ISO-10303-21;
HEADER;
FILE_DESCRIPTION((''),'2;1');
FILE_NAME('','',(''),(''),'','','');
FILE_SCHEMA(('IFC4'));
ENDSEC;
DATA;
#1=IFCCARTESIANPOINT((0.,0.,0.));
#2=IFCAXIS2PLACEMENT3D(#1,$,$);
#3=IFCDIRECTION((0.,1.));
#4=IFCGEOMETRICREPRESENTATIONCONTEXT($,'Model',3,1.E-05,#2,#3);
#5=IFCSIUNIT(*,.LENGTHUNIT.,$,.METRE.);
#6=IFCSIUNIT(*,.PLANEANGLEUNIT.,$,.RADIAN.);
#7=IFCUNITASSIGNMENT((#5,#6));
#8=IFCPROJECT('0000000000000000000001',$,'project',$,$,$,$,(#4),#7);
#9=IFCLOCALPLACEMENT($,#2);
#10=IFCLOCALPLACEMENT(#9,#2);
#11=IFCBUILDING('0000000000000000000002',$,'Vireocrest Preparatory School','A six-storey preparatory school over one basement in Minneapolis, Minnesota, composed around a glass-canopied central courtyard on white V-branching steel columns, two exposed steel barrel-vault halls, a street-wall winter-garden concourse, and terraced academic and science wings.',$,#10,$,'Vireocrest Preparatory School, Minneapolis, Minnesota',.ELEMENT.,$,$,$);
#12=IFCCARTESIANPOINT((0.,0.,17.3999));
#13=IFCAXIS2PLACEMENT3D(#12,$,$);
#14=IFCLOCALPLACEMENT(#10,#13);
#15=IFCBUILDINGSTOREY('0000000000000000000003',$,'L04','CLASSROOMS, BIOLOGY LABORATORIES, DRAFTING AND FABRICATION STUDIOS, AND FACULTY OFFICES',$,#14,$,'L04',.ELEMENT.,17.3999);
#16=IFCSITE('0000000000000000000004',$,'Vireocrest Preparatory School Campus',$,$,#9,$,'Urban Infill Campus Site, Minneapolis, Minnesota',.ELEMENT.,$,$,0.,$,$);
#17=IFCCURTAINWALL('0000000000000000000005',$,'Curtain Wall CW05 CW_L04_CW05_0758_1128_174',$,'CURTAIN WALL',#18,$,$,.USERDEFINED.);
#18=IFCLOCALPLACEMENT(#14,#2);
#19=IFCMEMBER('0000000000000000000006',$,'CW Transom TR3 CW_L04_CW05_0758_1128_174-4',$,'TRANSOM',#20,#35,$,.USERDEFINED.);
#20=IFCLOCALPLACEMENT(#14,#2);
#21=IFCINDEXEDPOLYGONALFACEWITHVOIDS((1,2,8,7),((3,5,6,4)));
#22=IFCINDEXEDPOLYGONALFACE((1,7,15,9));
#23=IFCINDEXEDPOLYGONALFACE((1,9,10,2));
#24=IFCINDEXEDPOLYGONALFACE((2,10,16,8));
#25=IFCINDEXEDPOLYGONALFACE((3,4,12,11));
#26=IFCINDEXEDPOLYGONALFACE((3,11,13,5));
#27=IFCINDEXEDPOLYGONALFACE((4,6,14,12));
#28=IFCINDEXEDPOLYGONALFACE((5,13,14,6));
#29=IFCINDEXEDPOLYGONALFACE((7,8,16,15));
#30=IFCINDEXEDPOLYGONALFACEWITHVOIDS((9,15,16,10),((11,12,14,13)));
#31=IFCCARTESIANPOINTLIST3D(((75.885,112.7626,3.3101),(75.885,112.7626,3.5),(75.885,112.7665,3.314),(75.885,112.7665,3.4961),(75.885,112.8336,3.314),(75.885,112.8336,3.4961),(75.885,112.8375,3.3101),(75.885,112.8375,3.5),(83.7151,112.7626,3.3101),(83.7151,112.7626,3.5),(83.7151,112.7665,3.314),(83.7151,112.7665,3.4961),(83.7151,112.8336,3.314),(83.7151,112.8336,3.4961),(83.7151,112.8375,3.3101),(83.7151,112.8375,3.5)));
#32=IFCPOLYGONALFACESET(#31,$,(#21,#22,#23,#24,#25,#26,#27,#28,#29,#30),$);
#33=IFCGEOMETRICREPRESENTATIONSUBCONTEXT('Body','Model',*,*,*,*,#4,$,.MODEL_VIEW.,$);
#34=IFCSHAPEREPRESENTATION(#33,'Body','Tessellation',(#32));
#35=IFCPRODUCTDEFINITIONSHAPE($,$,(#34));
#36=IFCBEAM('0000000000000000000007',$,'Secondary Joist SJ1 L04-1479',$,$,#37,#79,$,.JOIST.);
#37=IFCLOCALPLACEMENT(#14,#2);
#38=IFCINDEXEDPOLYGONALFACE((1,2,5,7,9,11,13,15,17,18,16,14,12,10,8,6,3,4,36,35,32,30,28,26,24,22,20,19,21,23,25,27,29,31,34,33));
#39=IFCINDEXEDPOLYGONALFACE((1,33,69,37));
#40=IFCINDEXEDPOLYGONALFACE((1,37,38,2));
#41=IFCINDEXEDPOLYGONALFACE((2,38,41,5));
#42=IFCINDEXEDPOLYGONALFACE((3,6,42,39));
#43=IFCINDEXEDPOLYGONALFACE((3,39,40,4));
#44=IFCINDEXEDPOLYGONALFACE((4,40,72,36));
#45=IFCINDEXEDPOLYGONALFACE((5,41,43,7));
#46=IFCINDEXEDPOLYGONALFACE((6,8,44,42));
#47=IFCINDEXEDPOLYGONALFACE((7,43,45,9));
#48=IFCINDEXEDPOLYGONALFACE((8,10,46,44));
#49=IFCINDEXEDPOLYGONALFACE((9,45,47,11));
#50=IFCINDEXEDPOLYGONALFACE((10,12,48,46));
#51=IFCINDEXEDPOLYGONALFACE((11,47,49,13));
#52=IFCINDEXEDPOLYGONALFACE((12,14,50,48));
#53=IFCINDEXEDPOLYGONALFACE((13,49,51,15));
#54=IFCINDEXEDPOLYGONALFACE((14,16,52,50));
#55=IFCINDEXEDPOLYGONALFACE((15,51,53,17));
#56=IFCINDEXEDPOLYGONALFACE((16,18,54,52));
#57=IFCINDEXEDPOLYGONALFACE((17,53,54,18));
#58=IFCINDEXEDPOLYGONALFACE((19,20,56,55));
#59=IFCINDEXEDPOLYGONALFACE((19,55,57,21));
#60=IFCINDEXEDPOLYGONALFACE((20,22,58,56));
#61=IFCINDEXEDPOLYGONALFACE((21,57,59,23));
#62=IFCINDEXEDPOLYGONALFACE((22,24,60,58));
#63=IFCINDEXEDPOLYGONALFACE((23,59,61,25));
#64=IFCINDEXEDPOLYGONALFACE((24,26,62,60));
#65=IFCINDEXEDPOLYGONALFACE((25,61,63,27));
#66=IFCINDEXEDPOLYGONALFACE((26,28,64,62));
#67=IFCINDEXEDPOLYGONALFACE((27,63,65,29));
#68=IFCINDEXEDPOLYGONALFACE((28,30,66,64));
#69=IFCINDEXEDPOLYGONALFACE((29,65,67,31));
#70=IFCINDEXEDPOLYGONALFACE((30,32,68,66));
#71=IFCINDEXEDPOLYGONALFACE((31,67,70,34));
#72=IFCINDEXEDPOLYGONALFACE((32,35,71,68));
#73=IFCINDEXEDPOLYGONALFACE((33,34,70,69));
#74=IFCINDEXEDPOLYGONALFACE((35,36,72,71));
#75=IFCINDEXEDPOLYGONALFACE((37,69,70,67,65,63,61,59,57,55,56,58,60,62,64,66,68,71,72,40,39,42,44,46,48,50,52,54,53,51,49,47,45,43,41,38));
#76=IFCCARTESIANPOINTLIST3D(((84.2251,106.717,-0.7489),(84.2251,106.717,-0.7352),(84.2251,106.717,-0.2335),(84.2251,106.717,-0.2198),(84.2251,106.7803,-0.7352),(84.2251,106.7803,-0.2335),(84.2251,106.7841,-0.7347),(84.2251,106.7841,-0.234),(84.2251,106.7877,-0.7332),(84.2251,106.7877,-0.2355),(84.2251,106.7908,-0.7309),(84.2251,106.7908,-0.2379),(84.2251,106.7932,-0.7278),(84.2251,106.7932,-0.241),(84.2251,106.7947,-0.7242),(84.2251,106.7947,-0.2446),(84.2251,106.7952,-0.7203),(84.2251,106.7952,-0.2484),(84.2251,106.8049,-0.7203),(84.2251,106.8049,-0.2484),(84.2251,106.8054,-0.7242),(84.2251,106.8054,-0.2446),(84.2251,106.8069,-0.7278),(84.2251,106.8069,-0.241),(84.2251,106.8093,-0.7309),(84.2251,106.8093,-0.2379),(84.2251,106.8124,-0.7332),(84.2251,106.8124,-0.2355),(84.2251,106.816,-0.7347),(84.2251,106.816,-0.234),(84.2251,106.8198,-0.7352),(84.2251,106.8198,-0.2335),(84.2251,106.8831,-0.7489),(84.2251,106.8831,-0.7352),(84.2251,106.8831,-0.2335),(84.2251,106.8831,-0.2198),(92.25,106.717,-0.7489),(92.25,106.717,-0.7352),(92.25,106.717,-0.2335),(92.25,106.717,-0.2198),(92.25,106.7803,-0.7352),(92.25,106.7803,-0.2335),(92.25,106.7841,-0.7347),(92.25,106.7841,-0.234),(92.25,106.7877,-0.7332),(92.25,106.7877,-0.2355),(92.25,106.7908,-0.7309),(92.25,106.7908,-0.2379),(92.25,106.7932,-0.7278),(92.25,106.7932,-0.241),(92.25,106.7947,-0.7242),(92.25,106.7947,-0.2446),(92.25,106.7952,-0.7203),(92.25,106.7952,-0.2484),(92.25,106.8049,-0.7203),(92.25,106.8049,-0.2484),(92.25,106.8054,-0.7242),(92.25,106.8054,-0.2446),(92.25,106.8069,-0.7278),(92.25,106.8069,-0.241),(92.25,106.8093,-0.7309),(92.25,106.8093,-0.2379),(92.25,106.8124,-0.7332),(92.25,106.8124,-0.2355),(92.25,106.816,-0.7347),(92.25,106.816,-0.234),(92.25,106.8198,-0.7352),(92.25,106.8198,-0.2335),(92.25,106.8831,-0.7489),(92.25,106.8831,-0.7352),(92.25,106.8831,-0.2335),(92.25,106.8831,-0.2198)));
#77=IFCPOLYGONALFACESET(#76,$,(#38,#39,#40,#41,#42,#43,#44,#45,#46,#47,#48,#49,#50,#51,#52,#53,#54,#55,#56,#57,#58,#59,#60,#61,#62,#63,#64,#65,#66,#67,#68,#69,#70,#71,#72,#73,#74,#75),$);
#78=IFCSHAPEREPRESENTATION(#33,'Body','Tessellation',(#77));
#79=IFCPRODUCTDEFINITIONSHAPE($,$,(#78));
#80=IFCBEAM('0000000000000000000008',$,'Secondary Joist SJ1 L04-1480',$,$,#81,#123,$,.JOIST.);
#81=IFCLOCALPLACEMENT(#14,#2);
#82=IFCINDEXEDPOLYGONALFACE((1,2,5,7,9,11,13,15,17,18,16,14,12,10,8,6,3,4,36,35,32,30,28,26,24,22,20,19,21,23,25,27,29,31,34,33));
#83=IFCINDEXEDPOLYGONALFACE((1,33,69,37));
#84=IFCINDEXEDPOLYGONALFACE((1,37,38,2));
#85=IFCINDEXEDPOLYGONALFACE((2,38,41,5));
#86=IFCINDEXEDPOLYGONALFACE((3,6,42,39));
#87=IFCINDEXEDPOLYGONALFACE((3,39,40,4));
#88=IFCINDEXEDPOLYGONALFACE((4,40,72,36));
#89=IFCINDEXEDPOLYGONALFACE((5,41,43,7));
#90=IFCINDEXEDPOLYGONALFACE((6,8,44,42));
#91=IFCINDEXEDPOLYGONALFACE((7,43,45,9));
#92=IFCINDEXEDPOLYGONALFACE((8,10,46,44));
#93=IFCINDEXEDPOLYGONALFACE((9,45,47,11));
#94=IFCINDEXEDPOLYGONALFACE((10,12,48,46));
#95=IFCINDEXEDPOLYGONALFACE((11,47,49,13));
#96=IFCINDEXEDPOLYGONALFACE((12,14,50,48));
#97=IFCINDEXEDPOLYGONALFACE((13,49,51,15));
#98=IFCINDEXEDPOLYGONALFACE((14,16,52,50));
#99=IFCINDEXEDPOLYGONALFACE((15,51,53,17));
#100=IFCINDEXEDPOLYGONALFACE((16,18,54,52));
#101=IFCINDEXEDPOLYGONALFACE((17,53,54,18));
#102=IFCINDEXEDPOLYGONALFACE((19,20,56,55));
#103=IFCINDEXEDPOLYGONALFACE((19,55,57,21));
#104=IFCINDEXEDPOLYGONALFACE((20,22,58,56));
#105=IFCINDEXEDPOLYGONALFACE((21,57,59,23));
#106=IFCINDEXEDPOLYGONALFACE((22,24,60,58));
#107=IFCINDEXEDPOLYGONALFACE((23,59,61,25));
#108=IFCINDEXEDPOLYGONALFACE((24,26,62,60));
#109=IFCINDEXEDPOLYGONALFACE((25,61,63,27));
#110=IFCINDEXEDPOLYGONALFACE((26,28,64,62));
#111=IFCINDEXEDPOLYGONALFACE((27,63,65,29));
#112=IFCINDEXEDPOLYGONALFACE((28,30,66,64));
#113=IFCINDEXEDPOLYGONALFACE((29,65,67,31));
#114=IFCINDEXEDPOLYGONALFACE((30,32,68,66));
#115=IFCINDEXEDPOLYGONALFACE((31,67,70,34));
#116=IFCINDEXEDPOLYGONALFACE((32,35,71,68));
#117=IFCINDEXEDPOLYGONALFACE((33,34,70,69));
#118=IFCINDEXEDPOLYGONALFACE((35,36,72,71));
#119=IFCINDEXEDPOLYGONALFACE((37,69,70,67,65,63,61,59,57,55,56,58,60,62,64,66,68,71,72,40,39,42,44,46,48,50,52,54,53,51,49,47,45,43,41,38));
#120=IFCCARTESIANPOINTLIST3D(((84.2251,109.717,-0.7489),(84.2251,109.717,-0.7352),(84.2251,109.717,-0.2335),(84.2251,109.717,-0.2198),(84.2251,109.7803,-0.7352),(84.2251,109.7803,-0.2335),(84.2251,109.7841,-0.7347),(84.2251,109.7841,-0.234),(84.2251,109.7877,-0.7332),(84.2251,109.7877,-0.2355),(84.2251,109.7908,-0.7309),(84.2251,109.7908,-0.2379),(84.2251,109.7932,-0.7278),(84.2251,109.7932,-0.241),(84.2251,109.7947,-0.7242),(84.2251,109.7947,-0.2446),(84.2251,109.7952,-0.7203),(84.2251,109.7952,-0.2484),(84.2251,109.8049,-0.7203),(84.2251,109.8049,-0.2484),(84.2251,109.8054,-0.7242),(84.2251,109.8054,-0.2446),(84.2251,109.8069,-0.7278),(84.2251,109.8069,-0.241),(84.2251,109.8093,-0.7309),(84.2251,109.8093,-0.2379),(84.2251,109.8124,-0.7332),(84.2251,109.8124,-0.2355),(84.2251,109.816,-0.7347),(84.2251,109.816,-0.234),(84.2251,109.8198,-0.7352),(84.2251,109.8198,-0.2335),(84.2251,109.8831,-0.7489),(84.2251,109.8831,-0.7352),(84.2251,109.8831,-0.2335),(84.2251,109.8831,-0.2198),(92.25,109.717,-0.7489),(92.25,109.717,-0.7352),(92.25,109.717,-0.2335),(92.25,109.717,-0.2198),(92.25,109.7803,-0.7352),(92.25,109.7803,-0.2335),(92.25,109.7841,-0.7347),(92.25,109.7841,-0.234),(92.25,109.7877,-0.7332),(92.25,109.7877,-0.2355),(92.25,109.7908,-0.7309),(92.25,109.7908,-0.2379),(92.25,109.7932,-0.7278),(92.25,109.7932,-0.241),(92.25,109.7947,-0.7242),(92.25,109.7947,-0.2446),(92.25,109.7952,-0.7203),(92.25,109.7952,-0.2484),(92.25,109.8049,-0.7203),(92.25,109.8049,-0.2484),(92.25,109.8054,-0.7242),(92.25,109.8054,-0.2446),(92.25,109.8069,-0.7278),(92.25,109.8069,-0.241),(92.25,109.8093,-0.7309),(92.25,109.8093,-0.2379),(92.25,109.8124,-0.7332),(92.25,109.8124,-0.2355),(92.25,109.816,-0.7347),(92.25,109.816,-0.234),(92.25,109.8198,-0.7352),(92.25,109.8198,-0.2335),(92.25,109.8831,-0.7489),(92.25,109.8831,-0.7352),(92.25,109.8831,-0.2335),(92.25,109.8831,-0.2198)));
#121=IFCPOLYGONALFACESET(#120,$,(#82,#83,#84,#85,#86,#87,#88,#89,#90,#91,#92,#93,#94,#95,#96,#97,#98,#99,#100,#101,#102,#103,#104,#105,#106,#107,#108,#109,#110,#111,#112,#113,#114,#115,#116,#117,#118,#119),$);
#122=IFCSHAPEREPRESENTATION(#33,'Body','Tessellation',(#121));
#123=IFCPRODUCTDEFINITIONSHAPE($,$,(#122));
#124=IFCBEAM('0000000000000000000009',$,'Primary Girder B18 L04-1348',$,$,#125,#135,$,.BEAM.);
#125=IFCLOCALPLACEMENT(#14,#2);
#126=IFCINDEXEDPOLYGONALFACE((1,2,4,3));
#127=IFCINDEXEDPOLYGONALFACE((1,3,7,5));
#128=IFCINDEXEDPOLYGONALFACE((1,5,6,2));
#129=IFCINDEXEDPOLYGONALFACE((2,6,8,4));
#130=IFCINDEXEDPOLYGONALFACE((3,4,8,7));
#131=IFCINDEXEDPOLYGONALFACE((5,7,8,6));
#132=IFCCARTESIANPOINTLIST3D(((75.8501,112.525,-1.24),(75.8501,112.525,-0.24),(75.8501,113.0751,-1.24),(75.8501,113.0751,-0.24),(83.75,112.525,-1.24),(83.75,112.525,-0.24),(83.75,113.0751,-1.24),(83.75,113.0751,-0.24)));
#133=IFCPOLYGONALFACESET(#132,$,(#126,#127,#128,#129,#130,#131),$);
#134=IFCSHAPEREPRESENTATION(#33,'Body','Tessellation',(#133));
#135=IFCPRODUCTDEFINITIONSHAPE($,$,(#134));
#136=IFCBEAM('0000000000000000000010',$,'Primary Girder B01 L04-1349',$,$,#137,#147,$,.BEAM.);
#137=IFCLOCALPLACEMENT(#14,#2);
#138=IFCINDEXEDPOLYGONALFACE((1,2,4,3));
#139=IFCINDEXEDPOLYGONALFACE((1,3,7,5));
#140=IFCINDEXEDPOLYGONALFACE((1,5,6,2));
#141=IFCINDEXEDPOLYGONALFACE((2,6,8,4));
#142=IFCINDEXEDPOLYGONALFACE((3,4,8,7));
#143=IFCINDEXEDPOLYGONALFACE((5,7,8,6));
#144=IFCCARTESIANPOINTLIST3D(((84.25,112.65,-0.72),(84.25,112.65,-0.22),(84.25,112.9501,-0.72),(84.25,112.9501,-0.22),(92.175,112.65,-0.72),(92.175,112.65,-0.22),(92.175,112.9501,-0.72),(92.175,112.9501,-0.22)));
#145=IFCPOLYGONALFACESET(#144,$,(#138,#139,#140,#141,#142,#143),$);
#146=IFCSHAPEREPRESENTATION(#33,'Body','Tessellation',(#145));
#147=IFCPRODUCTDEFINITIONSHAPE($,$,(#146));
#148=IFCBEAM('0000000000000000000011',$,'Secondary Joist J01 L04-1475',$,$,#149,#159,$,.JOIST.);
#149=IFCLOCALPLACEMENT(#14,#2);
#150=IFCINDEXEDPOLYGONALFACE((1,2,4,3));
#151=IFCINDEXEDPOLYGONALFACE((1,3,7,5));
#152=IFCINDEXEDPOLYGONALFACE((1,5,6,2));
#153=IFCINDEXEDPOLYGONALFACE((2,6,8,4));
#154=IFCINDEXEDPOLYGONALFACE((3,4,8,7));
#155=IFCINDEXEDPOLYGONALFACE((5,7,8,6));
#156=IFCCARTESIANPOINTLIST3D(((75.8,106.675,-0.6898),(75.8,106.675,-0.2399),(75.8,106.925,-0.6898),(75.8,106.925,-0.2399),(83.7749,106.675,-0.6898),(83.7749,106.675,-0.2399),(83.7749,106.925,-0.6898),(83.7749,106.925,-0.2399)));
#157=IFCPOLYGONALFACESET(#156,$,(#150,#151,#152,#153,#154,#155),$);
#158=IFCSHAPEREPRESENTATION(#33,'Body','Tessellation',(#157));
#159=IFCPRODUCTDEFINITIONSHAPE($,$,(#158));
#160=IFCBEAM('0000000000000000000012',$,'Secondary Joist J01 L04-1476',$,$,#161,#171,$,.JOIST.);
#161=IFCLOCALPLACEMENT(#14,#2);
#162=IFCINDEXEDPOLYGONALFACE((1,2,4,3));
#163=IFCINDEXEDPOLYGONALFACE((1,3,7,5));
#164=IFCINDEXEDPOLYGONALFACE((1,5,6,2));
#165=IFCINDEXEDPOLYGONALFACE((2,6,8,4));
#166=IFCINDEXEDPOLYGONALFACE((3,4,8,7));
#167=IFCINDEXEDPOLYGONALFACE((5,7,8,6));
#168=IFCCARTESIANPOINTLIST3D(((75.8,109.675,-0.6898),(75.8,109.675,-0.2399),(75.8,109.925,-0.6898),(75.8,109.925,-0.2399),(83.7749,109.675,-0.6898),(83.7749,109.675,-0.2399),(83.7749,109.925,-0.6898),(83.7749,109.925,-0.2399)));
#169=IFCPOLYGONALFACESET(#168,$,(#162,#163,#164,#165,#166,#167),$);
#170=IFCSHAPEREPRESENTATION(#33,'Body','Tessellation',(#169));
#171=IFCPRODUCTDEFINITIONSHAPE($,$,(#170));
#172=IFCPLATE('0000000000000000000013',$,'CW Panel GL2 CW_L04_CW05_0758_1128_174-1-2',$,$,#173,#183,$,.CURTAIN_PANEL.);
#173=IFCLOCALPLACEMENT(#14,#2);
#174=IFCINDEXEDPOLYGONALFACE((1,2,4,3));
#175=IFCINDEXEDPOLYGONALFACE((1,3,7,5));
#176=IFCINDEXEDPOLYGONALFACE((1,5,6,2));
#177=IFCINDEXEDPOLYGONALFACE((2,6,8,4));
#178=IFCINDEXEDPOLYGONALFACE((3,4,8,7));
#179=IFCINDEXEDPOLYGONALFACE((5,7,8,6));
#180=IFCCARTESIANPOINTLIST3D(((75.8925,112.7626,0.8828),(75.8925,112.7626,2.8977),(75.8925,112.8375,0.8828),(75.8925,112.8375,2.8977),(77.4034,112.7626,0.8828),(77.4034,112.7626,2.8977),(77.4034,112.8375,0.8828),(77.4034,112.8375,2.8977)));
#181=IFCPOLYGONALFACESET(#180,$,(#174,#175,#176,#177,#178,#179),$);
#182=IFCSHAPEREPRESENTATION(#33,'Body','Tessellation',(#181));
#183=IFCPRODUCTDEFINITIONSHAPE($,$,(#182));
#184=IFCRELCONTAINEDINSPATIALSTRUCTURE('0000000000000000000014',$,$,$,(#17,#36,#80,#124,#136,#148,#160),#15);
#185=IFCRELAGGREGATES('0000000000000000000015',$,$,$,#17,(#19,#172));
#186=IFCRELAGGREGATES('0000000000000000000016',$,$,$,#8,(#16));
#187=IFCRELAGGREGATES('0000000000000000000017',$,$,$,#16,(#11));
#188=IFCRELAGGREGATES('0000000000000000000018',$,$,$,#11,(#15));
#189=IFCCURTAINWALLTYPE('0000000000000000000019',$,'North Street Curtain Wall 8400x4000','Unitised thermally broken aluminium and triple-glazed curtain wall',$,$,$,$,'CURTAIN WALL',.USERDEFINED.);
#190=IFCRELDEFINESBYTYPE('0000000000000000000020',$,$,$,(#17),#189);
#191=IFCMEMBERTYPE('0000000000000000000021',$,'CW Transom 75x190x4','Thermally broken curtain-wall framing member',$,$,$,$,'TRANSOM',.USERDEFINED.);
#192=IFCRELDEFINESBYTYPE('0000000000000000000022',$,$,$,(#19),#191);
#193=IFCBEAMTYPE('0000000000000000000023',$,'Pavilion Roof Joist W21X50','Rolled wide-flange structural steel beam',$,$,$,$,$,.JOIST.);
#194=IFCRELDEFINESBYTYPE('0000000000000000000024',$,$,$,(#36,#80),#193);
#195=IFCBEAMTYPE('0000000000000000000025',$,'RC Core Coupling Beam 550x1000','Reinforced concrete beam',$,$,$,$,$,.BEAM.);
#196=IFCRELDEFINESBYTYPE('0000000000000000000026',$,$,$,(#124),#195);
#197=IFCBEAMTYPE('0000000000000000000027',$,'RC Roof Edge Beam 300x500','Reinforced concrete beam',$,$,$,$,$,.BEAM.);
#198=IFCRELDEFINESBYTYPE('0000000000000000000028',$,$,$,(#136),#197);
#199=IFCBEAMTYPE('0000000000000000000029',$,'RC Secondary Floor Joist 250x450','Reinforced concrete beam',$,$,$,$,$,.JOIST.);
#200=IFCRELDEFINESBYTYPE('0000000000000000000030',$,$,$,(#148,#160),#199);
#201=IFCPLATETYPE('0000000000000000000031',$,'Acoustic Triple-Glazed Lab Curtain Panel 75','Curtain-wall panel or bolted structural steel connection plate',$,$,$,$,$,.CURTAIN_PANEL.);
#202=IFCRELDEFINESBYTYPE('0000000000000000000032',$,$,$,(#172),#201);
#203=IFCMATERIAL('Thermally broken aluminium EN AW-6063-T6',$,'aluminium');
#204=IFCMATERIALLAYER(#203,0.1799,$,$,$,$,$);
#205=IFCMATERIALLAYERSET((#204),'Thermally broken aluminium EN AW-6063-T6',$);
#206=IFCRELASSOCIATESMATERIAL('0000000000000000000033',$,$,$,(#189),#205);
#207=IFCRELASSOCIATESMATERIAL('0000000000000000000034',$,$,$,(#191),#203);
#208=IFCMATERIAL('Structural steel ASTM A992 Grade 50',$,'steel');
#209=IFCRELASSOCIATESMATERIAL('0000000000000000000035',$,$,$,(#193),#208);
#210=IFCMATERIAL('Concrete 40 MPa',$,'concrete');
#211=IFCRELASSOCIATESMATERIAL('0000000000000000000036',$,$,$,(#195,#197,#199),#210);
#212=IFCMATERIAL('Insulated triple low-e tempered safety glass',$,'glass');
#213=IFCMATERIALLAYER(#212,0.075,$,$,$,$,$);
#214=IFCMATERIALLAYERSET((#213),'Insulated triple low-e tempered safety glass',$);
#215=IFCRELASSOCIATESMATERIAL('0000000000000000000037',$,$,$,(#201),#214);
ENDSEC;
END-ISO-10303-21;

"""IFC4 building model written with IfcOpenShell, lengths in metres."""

from ifc_helpers import new_model, si_unit, direction, frame, origin, origin_2d, place, context, subcontext, project, spatial, rectangle, hollow_rectangle, i_section, extrude, material, layer, layer_set, material_profile, profile_set, type_object, element, aggregate, save


model = new_model("IFC4")

# Units and contexts
model_context = context("Model", 3, precision=1e-05, world=origin(), true_north=direction((0.0, 1.0)))
body_context = subcontext(model_context, "Body", "Model", "MODEL_VIEW")
ifc_project = project(units=[si_unit("LENGTHUNIT", "METRE"), si_unit("PLANEANGLEUNIT", "RADIAN")], contexts=[model_context])

# Site, building, storey
site_placement = place(None, origin())
site = spatial("IfcSite", under=ifc_project, at=site_placement, Name="Vireocrest Preparatory School Campus", LongName="Urban Infill Campus Site, Minneapolis, Minnesota", CompositionType="ELEMENT", RefElevation=0.0)
building_placement = place(site_placement, origin())
building = spatial("IfcBuilding", under=site, at=building_placement, Name="Vireocrest Preparatory School", Description="A six-storey preparatory school over one basement in Minneapolis, Minnesota, composed around a glass-canopied central courtyard on white V-branching steel columns, two exposed steel barrel-vault halls, a street-wall winter-garden concourse, and terraced academic and science wings.", LongName="Vireocrest Preparatory School, Minneapolis, Minnesota", CompositionType="ELEMENT")
storey_placement = place(building_placement, frame((0.0, 0.0, 17.3999)))
storey = spatial("IfcBuildingStorey", under=building, at=storey_placement, Name="L04", Description="CLASSROOMS, BIOLOGY LABORATORIES, DRAFTING AND FABRICATION STUDIOS, AND FACULTY OFFICES", LongName="L04", CompositionType="ELEMENT", Elevation=17.3999)

# Curtain wall, member
ifc_material_1 = material(Name="Thermally broken aluminium EN AW-6063-T6", Category="aluminium")
ifc_layer_1 = layer(ifc_material_1, 0.1799)
ifc_layer_set_1 = layer_set([ifc_layer_1], Name="Thermally broken aluminium EN AW-6063-T6")
curtain_wall_type = type_object("IfcCurtainWallType", Name="North Street Curtain Wall 8400x4000", Description="Unitised thermally broken aluminium and triple-glazed curtain wall", ElementType="CURTAIN WALL", PredefinedType="USERDEFINED", material=ifc_layer_set_1)
curtain_wall_placement = place(storey_placement, origin())
curtain_wall = element("IfcCurtainWall", 1, at=curtain_wall_placement, inside=storey, type_object=curtain_wall_type, Name="Curtain Wall CW05 CW_L04_CW05_0758_1128_174", ObjectType="CURTAIN WALL", PredefinedType="USERDEFINED")
ifc_material_profile_1 = material_profile(ifc_material_1, hollow_rectangle(XDim=0.075, YDim=0.1899, WallThickness=0.0039, at=origin_2d()), Name="ALU 75x190x4")
ifc_profile_set_1 = profile_set([ifc_material_profile_1], Name="Thermally broken aluminium EN AW-6063-T6")
member_type_1 = type_object("IfcMemberType", Name="CW Transom 75x190x4", Description="Thermally broken curtain-wall framing member", ElementType="TRANSOM", PredefinedType="USERDEFINED", material=ifc_profile_set_1)
member_1_placement = place(storey_placement, frame((75.885, 112.8, 3.405), z_axis=(1.0, 0.0, 0.0), x_axis=(0.0, 1.0, 0.0)))
member_1 = element("IfcMember", 2, at=member_1_placement, type_object=member_type_1, Name="CW Transom TR3 CW_L04_CW05_0758_1128_174-4", ObjectType="TRANSOM", PredefinedType="USERDEFINED", context=body_context, shape_type="SweptSolid", body=[
    extrude(hollow_rectangle(XDim=0.075, YDim=0.1899, WallThickness=0.0039, at=origin_2d()), origin(), (0.0, 0.0, 1.0), 7.8301),
])

# Beams
ifc_material_2 = material(Name="Structural steel ASTM A992 Grade 50", Category="steel")
ifc_material_profile_2 = material_profile(ifc_material_2, i_section(OverallWidth=0.166, OverallDepth=0.5291, WebThickness=0.0098, FlangeThickness=0.0137, FilletRadius=0.0149, at=origin_2d()), Name="W21X50")
ifc_profile_set_2 = profile_set([ifc_material_profile_2], Name="Structural steel ASTM A992 Grade 50")
beam_type_1 = type_object("IfcBeamType", Name="Pavilion Roof Joist W21X50", Description="Rolled wide-flange structural steel beam", PredefinedType="JOIST", material=ifc_profile_set_2)
for number, where, z_axis, x_axis, name in (
    (3, (84.2251, 106.8, -0.4844), (1.0, 0.0, 0.0), (0.0, 1.0, 0.0), "Secondary Joist SJ1 L04-1479"),
    (4, (84.2251, 109.8, -0.4844), (1.0, 0.0, 0.0), (0.0, 1.0, 0.0), "Secondary Joist SJ1 L04-1480"),
):
    element("IfcBeam", number, at=place(storey_placement, frame(where, z_axis=z_axis, x_axis=x_axis)), inside=storey, type_object=beam_type_1, Name=name, PredefinedType="JOIST", context=body_context, shape_type="SweptSolid", body=[
        extrude(i_section(OverallWidth=0.166, OverallDepth=0.5291, WebThickness=0.0098, FlangeThickness=0.0137, FilletRadius=0.0149, at=origin_2d()), origin(), (0.0, 0.0, 1.0), 8.0249),
    ])
ifc_material_3 = material(Name="Concrete 40 MPa", Category="concrete")
ifc_material_profile_3 = material_profile(ifc_material_3, rectangle(XDim=0.55, YDim=1.0, at=origin_2d()), Name="RC 550x1000")
ifc_profile_set_3 = profile_set([ifc_material_profile_3], Name="Concrete 40 MPa")
beam_type_2 = type_object("IfcBeamType", Name="RC Core Coupling Beam 550x1000", Description="Reinforced concrete beam", PredefinedType="BEAM", material=ifc_profile_set_3)
beam_1_placement = place(storey_placement, frame((75.8501, 112.8, -0.74), z_axis=(1.0, 0.0, 0.0), x_axis=(0.0, 1.0, 0.0)))
element("IfcBeam", 5, at=beam_1_placement, inside=storey, type_object=beam_type_2, Name="Primary Girder B18 L04-1348", PredefinedType="BEAM", context=body_context, shape_type="SweptSolid", body=[
    extrude(rectangle(XDim=0.55, YDim=1.0, at=origin_2d()), origin(), (0.0, 0.0, 1.0), 7.8999),
])
ifc_material_profile_4 = material_profile(ifc_material_3, rectangle(XDim=0.3, YDim=0.5, at=origin_2d()), Name="RC 300x500")
ifc_profile_set_4 = profile_set([ifc_material_profile_4], Name="Concrete 40 MPa")
beam_type_3 = type_object("IfcBeamType", Name="RC Roof Edge Beam 300x500", Description="Reinforced concrete beam", PredefinedType="BEAM", material=ifc_profile_set_4)
beam_2_placement = place(storey_placement, frame((84.25, 112.8, -0.47), z_axis=(1.0, 0.0, 0.0), x_axis=(0.0, 1.0, 0.0)))
element("IfcBeam", 6, at=beam_2_placement, inside=storey, type_object=beam_type_3, Name="Primary Girder B01 L04-1349", PredefinedType="BEAM", context=body_context, shape_type="SweptSolid", body=[
    extrude(rectangle(XDim=0.3, YDim=0.5, at=origin_2d()), origin(), (0.0, 0.0, 1.0), 7.925),
])
ifc_material_profile_5 = material_profile(ifc_material_3, rectangle(XDim=0.25, YDim=0.45, at=origin_2d()), Name="RC 250x450")
ifc_profile_set_5 = profile_set([ifc_material_profile_5], Name="Concrete 40 MPa")
beam_type_4 = type_object("IfcBeamType", Name="RC Secondary Floor Joist 250x450", Description="Reinforced concrete beam", PredefinedType="JOIST", material=ifc_profile_set_5)
for number, where, z_axis, x_axis, name in (
    (7, (75.8, 106.8, -0.4648), (1.0, 0.0, 0.0), (0.0, 1.0, 0.0), "Secondary Joist J01 L04-1475"),
    (8, (75.8, 109.8, -0.4648), (1.0, 0.0, 0.0), (0.0, 1.0, 0.0), "Secondary Joist J01 L04-1476"),
):
    element("IfcBeam", number, at=place(storey_placement, frame(where, z_axis=z_axis, x_axis=x_axis)), inside=storey, type_object=beam_type_4, Name=name, PredefinedType="JOIST", context=body_context, shape_type="SweptSolid", body=[
        extrude(rectangle(XDim=0.25, YDim=0.45, at=origin_2d()), origin(), (0.0, 0.0, 1.0), 7.9749),
    ])

# Plate
ifc_material_4 = material(Name="Insulated triple low-e tempered safety glass", Category="glass")
ifc_layer_2 = layer(ifc_material_4, 0.075)
ifc_layer_set_2 = layer_set([ifc_layer_2], Name="Insulated triple low-e tempered safety glass")
plate_type_1 = type_object("IfcPlateType", Name="Acoustic Triple-Glazed Lab Curtain Panel 75", Description="Curtain-wall panel or bolted structural steel connection plate", PredefinedType="CURTAIN_PANEL", material=ifc_layer_set_2)
plate_1_placement = place(storey_placement, frame((76.6479, 112.8, 0.8828), z_axis=(0.0, 0.0, 1.0), x_axis=(1.0, 0.0, 0.0)))
plate_1 = element("IfcPlate", 9, at=plate_1_placement, type_object=plate_type_1, Name="CW Panel GL2 CW_L04_CW05_0758_1128_174-1-2", PredefinedType="CURTAIN_PANEL", context=body_context, shape_type="SweptSolid", body=[
    extrude(rectangle(XDim=1.511, YDim=0.075, at=origin_2d()), origin(), (0.0, 0.0, 1.0), 2.0149),
])
aggregate(curtain_wall, [member_1, plate_1])

save(model, "model.ifc")
